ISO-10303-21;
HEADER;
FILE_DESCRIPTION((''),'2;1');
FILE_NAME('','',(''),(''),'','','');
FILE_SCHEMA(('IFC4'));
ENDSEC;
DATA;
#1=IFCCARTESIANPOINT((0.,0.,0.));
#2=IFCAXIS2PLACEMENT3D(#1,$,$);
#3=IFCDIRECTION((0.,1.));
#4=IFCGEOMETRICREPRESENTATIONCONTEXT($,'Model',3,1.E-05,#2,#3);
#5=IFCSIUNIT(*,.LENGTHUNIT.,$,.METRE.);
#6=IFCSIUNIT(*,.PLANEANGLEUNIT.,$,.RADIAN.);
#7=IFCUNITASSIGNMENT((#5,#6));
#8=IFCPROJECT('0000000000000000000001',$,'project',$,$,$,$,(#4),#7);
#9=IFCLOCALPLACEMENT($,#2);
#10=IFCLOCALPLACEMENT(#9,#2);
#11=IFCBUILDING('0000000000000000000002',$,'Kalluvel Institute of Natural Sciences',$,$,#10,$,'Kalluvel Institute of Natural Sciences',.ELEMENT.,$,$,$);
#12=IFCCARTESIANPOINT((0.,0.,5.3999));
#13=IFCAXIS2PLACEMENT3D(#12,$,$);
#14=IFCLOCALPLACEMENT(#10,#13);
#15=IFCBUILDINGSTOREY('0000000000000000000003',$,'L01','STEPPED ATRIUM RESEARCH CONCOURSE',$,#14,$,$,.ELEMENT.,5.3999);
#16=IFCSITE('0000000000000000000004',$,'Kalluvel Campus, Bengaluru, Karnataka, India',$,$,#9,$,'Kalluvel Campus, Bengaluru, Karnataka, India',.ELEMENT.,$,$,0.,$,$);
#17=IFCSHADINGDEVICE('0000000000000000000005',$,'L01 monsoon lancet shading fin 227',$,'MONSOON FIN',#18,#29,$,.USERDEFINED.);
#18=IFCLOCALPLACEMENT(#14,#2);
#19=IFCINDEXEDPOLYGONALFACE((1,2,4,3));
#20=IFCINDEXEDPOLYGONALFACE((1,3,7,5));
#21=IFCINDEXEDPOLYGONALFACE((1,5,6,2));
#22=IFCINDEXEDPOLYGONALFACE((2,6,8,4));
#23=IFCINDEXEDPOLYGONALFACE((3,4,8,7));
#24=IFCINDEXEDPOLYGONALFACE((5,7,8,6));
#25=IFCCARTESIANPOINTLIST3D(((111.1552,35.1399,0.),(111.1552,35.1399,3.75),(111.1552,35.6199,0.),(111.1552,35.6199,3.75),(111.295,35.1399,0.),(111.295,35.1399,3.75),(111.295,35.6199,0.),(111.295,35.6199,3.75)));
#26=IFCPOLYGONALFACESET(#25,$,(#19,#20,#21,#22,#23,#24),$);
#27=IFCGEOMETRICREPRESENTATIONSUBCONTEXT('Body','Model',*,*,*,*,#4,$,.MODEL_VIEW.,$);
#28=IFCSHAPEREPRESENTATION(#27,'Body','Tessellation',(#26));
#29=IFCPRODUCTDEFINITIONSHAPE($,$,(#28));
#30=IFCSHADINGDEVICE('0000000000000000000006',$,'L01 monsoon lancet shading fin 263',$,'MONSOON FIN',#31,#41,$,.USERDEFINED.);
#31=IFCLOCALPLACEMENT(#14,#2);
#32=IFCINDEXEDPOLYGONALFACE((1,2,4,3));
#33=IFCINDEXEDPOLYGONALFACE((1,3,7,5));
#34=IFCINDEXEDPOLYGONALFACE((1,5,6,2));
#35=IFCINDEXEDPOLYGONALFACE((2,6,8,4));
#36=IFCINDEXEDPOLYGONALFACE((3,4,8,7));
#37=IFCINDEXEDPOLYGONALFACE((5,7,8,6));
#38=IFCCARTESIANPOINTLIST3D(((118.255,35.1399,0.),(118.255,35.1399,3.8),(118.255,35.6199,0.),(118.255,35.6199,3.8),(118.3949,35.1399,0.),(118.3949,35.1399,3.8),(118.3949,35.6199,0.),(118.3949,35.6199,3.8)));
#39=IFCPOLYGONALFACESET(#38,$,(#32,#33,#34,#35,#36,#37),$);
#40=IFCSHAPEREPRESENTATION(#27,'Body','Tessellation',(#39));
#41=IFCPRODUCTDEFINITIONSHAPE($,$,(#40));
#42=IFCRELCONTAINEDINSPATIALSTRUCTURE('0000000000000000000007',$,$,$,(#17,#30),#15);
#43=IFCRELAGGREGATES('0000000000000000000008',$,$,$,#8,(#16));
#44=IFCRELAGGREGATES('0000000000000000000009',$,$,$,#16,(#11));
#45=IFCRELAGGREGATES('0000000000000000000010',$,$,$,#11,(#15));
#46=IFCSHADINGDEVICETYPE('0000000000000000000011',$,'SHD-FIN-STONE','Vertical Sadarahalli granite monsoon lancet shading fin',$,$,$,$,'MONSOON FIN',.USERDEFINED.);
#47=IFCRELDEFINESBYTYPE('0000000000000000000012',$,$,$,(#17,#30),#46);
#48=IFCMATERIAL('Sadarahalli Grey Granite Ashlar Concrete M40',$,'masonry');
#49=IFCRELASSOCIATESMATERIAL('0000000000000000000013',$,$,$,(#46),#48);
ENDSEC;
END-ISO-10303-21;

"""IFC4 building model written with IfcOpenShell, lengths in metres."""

from ifc_helpers import new_model, si_unit, direction, frame, origin, origin_2d, place, context, subcontext, project, spatial, rectangle, extrude, material, type_object, element, save


model = new_model("IFC4")

# Units and contexts
model_context = context("Model", 3, precision=1e-05, world=origin(), true_north=direction((0.0, 1.0)))
body_context = subcontext(model_context, "Body", "Model", "MODEL_VIEW")
ifc_project = project(units=[si_unit("LENGTHUNIT", "METRE"), si_unit("PLANEANGLEUNIT", "RADIAN")], contexts=[model_context])

# Site, building, storey
site_placement = place(None, origin())
site = spatial("IfcSite", under=ifc_project, at=site_placement, Name="Kalluvel Campus, Bengaluru, Karnataka, India", LongName="Kalluvel Campus, Bengaluru, Karnataka, India", CompositionType="ELEMENT", RefElevation=0.0)
building_placement = place(site_placement, origin())
building = spatial("IfcBuilding", under=site, at=building_placement, Name="Kalluvel Institute of Natural Sciences", LongName="Kalluvel Institute of Natural Sciences", CompositionType="ELEMENT")
storey_placement = place(building_placement, frame((0.0, 0.0, 5.3999)))
storey = spatial("IfcBuildingStorey", under=building, at=storey_placement, Name="L01", Description="STEPPED ATRIUM RESEARCH CONCOURSE", CompositionType="ELEMENT", Elevation=5.3999)

# Shading devices
ifc_material_1 = material(Name="Sadarahalli Grey Granite Ashlar Concrete M40", Category="masonry")
shading_device_type = type_object("IfcShadingDeviceType", Name="SHD-FIN-STONE", Description="Vertical Sadarahalli granite monsoon lancet shading fin", ElementType="MONSOON FIN", PredefinedType="USERDEFINED", material=ifc_material_1)
shading_device_1_placement = place(storey_placement, frame((111.2251, 35.3799, 0.0), z_axis=(0.0, 0.0, 1.0), x_axis=(1.0, 0.0, 0.0)))
element("IfcShadingDevice", 1, at=shading_device_1_placement, inside=storey, type_object=shading_device_type, Name="L01 monsoon lancet shading fin 227", ObjectType="MONSOON FIN", PredefinedType="USERDEFINED", context=body_context, shape_type="SweptSolid", body=[
    extrude(rectangle(XDim=0.1399, YDim=0.48, at=origin_2d()), origin(), (0.0, 0.0, 1.0), 3.75),
])
shading_device_2_placement = place(storey_placement, frame((118.325, 35.3799, 0.0), z_axis=(0.0, 0.0, 1.0), x_axis=(1.0, 0.0, 0.0)))
element("IfcShadingDevice", 2, at=shading_device_2_placement, inside=storey, type_object=shading_device_type, Name="L01 monsoon lancet shading fin 263", ObjectType="MONSOON FIN", PredefinedType="USERDEFINED", context=body_context, shape_type="SweptSolid", body=[
    extrude(rectangle(XDim=0.1399, YDim=0.48, at=origin_2d()), origin(), (0.0, 0.0, 1.0), 3.8),
])

save(model, "model.ifc")
